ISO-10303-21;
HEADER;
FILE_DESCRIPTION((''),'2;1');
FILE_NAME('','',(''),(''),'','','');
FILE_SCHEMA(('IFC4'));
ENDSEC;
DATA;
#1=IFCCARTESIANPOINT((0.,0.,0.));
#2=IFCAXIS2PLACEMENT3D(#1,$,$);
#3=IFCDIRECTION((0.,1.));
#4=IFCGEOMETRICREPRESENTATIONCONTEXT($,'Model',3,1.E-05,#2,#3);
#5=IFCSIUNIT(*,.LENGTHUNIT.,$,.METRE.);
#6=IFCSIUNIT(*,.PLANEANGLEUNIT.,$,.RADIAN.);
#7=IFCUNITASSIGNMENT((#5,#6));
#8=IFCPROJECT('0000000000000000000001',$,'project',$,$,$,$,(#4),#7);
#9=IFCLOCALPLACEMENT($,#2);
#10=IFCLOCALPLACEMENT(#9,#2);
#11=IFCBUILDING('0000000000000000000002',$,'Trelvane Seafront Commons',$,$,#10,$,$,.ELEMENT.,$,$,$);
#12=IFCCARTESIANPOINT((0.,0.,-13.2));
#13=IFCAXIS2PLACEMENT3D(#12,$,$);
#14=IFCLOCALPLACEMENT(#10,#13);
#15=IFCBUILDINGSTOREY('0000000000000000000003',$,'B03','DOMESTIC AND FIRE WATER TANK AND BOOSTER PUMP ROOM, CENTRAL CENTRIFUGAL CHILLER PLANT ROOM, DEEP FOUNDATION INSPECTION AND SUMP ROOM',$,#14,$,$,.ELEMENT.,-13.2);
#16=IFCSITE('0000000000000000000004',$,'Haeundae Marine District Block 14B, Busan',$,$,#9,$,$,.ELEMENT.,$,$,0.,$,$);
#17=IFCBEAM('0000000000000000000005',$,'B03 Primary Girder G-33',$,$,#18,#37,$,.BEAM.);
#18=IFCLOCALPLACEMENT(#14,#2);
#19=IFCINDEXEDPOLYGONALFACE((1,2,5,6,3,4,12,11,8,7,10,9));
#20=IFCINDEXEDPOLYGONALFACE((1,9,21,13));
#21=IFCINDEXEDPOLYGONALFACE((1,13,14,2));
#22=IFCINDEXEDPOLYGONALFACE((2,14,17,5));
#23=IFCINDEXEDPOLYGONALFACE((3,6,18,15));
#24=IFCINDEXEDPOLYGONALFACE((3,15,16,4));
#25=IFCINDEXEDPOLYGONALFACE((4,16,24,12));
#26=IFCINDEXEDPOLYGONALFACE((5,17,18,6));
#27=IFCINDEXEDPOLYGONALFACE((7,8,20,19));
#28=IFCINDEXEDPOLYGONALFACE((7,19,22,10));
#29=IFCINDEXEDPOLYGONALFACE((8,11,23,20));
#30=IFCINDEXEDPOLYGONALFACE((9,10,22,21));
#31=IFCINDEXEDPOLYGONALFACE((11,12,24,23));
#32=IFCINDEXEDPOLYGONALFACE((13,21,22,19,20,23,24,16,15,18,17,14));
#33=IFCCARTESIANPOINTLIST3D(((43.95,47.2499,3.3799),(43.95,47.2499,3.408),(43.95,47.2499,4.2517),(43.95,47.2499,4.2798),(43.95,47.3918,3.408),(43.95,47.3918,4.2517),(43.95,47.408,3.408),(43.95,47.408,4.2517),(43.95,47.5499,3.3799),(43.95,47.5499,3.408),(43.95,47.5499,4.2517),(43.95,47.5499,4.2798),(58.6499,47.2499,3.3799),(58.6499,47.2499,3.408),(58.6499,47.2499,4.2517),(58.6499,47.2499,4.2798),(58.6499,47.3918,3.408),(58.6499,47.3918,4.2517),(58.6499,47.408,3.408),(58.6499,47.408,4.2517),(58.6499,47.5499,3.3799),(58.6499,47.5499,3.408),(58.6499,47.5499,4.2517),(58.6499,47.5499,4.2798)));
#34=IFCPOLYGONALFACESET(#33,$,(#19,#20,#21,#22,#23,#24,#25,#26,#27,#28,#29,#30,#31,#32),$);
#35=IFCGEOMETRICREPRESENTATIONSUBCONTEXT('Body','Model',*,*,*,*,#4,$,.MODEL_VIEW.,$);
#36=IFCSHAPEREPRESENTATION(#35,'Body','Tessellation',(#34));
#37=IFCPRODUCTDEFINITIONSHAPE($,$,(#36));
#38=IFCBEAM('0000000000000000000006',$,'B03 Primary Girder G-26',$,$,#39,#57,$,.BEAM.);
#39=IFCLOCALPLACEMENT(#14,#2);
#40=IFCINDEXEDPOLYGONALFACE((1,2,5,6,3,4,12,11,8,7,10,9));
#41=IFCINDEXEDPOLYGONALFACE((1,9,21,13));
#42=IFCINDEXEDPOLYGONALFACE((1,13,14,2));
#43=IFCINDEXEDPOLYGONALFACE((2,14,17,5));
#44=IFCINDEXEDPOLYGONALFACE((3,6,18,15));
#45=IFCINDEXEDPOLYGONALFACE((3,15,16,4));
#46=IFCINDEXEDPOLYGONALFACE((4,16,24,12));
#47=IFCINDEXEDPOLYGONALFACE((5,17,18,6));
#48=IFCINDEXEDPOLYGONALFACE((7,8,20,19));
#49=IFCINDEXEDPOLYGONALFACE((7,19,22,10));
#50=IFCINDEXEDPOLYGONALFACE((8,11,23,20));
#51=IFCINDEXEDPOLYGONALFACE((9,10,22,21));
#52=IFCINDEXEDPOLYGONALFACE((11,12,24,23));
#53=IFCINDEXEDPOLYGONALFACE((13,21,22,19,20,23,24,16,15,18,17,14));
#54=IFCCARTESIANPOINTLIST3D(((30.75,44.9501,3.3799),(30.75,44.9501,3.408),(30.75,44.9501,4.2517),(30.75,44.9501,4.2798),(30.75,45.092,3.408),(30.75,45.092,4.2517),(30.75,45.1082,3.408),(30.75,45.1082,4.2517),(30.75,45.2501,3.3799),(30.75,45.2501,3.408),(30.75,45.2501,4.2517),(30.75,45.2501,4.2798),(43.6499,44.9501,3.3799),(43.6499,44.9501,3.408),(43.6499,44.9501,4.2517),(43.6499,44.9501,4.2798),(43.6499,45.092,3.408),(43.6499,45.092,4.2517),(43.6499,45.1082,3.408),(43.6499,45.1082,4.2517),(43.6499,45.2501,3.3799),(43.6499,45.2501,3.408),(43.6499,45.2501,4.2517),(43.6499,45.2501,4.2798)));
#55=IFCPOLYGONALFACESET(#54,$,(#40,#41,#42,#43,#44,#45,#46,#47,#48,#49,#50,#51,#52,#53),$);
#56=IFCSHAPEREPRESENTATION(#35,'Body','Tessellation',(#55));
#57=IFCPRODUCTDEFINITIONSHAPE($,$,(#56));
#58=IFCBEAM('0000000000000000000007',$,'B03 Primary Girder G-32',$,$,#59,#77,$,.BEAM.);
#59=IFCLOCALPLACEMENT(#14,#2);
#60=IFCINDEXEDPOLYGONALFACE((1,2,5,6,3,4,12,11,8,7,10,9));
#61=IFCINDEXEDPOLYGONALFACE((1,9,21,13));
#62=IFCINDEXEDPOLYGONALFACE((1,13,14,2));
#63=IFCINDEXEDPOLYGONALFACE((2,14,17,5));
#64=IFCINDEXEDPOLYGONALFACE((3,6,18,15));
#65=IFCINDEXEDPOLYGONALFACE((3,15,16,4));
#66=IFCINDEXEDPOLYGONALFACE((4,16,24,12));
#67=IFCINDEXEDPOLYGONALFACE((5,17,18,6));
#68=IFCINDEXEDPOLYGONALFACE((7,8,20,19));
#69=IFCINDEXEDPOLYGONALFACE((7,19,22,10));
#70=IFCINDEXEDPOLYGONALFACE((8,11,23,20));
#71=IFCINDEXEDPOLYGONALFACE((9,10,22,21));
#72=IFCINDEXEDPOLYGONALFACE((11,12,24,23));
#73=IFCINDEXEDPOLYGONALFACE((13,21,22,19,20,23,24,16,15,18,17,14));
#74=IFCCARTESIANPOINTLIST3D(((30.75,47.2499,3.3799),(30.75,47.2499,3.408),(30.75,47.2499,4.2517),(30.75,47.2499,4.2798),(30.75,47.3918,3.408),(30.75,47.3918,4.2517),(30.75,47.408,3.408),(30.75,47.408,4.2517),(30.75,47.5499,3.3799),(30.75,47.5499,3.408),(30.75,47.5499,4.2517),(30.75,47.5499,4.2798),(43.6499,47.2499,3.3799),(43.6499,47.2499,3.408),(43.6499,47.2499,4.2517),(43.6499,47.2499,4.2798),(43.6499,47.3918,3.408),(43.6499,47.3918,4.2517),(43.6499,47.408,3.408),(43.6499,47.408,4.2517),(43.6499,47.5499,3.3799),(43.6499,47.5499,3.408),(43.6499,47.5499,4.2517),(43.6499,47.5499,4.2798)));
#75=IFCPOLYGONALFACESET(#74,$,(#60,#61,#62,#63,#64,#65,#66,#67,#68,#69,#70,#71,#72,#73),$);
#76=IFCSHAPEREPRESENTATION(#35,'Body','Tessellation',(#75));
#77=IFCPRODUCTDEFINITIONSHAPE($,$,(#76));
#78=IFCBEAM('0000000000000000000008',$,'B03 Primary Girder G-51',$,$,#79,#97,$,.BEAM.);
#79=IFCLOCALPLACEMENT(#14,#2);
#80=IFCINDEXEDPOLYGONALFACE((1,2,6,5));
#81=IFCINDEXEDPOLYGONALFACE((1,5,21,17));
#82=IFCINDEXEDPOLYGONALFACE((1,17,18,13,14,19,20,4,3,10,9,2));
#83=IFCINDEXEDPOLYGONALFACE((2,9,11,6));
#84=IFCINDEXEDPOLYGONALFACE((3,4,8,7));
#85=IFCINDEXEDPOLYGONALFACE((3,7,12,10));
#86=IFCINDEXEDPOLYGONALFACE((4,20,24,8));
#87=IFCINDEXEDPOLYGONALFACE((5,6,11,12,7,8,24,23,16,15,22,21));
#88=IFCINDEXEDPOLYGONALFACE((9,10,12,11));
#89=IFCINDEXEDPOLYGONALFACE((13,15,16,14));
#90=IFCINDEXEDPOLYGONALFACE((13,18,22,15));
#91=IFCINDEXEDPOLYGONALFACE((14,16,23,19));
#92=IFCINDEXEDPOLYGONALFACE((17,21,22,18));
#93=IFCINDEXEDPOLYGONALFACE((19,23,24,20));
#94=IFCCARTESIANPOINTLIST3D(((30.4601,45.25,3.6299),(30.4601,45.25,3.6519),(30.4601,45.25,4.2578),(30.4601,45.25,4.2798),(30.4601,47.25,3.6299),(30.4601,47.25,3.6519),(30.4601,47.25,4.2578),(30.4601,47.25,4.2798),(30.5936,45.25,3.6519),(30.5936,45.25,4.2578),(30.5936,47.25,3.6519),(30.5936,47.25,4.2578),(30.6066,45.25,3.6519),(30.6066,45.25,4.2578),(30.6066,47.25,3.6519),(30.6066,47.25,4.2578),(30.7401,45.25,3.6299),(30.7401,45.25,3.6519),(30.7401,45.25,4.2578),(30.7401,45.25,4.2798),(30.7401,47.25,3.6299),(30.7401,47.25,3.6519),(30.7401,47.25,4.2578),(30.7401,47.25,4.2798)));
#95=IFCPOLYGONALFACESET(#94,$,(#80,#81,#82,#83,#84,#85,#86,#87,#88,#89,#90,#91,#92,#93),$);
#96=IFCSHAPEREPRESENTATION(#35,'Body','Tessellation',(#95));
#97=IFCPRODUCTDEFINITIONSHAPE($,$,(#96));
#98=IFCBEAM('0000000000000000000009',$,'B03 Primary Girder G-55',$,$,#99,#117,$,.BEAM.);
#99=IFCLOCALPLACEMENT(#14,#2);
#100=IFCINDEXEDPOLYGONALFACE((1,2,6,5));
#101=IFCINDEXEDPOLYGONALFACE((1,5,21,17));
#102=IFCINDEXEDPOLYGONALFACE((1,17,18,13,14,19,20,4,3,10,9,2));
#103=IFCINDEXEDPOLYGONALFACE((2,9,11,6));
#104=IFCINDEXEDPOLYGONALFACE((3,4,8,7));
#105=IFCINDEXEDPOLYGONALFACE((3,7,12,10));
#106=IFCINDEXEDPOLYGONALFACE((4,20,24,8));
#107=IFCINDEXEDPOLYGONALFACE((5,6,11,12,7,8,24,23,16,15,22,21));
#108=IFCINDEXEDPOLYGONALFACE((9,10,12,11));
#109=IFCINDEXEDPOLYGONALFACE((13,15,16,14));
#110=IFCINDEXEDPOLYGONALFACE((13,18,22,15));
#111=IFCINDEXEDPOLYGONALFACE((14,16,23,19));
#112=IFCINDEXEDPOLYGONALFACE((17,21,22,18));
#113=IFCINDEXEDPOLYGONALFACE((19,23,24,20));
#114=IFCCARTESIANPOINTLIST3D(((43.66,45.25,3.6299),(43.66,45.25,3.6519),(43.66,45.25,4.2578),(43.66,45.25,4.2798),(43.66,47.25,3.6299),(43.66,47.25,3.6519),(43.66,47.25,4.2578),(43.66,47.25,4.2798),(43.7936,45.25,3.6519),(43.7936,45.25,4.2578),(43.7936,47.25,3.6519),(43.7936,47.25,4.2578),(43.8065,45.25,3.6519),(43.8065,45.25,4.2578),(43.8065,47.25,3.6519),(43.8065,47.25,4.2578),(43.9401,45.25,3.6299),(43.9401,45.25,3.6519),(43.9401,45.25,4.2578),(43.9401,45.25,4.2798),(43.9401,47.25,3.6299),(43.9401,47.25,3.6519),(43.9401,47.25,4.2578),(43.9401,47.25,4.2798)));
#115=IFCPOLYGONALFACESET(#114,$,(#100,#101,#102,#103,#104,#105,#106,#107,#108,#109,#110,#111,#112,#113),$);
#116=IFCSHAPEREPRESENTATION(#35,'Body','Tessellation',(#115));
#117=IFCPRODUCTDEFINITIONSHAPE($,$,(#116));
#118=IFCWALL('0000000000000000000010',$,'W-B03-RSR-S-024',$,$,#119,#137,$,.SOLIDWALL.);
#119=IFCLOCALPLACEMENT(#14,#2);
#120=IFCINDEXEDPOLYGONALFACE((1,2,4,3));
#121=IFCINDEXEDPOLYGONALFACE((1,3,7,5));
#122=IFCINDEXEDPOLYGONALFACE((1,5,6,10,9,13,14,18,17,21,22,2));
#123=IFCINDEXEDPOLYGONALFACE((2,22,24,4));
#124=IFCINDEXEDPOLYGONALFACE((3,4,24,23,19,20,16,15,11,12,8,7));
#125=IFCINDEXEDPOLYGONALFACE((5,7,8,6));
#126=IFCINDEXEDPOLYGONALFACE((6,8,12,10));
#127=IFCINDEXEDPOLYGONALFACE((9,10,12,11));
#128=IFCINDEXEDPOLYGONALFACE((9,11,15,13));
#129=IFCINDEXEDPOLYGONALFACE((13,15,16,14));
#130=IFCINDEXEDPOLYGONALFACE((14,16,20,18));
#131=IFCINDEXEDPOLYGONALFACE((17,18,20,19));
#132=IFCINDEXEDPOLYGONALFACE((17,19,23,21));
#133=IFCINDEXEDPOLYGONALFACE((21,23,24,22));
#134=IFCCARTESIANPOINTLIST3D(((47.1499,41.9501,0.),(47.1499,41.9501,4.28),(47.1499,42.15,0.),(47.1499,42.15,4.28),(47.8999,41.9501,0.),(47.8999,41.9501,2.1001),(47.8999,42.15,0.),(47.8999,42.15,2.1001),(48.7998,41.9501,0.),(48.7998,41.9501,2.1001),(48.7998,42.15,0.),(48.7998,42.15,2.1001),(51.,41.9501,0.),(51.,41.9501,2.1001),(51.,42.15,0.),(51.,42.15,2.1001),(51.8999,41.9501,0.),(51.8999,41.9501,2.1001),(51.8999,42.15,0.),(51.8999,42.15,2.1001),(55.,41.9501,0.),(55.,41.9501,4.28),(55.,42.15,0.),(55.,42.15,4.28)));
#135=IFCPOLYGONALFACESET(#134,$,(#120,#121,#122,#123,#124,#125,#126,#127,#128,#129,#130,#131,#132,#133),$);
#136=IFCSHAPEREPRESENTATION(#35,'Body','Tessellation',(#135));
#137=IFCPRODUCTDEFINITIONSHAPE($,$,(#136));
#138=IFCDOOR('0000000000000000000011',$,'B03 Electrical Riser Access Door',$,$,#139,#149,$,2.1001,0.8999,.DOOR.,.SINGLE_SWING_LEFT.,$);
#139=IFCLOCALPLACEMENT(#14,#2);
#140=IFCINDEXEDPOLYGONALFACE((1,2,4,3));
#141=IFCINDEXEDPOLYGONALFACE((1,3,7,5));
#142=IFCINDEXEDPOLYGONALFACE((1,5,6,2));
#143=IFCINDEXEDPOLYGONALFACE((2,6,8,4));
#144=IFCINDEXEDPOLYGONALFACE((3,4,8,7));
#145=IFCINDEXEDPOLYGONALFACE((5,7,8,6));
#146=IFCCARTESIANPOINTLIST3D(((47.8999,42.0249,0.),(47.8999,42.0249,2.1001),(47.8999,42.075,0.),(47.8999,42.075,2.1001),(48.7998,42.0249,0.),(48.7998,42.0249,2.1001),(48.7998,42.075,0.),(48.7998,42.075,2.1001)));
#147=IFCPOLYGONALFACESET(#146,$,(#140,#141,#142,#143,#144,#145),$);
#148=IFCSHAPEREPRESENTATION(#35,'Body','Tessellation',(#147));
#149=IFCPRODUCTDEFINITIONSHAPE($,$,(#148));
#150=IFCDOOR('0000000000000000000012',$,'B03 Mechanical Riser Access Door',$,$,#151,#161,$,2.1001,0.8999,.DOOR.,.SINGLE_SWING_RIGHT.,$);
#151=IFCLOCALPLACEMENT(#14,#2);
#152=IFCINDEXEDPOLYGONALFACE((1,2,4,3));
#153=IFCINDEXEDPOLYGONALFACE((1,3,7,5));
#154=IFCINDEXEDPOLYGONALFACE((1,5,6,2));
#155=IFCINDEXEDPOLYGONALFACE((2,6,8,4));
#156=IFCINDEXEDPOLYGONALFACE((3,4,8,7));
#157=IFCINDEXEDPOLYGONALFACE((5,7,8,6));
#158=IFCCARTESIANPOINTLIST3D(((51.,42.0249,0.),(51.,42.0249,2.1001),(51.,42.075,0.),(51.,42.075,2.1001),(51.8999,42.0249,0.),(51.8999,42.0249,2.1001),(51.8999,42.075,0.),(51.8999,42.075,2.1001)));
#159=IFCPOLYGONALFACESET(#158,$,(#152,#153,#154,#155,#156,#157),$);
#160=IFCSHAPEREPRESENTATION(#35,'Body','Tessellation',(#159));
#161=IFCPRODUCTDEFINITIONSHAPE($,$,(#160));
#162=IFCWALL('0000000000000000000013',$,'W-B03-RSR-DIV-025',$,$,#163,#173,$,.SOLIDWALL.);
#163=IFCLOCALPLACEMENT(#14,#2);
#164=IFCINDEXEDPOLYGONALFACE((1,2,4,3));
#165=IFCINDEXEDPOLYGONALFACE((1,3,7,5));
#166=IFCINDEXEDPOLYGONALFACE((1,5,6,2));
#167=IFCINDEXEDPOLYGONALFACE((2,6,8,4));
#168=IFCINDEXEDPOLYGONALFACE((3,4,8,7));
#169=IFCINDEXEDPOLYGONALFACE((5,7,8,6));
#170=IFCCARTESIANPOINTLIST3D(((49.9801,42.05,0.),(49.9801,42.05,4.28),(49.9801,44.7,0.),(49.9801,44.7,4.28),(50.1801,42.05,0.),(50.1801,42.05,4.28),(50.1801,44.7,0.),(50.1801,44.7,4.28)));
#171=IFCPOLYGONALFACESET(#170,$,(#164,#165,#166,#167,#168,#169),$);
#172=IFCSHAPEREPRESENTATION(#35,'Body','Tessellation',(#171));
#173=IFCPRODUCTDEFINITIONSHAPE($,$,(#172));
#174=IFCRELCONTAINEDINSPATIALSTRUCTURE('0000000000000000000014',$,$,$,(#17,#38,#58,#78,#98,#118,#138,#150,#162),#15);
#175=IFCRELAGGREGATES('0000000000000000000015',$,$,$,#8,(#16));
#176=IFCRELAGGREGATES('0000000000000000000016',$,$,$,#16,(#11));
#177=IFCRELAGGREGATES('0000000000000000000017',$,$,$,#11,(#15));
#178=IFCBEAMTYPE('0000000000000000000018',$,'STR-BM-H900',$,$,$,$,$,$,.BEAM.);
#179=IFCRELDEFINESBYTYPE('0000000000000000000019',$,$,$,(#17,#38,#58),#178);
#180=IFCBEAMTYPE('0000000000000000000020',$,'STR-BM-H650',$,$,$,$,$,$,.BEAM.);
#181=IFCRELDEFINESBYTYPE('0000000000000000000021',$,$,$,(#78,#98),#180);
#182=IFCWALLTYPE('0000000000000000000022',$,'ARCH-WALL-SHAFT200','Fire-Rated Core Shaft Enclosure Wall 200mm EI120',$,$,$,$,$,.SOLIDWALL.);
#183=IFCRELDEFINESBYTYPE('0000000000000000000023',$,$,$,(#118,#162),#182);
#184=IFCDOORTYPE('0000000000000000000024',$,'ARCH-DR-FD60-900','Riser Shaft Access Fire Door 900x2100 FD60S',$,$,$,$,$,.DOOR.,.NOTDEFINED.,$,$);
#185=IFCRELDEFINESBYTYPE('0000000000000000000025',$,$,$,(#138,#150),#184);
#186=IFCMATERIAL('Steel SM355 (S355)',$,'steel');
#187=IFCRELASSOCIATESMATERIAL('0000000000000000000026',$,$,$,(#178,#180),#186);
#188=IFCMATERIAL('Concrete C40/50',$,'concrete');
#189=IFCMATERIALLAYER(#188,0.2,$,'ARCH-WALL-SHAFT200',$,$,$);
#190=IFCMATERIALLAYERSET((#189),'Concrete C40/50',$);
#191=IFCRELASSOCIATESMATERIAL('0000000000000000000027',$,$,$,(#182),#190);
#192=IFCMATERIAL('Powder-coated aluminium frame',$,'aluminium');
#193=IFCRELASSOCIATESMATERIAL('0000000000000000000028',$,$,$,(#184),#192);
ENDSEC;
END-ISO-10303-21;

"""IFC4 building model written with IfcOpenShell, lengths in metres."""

from ifc_helpers import new_model, si_unit, direction, frame, frame_2d, origin, origin_2d, place, context, subcontext, project, spatial, rectangle, i_section, extrude, source, transform, mapped, material, layer, layer_set, material_profile, profile_set, type_object, element, fill, save


model = new_model("IFC4")

# Units and contexts
model_context = context("Model", 3, precision=1e-05, world=origin(), true_north=direction((0.0, 1.0)))
body_context = subcontext(model_context, "Body", "Model", "MODEL_VIEW")
ifc_project = project(units=[si_unit("LENGTHUNIT", "METRE"), si_unit("PLANEANGLEUNIT", "RADIAN")], contexts=[model_context])

# Site, building, storey
site_placement = place(None, origin())
site = spatial("IfcSite", under=ifc_project, at=site_placement, Name="Haeundae Marine District Block 14B, Busan", CompositionType="ELEMENT", RefElevation=0.0)
building_placement = place(site_placement, origin())
building = spatial("IfcBuilding", under=site, at=building_placement, Name="Trelvane Seafront Commons", CompositionType="ELEMENT")
storey_placement = place(building_placement, frame((0.0, 0.0, -13.2)))
storey = spatial("IfcBuildingStorey", under=building, at=storey_placement, Name="B03", Description="DOMESTIC AND FIRE WATER TANK AND BOOSTER PUMP ROOM, CENTRAL CENTRIFUGAL CHILLER PLANT ROOM, DEEP FOUNDATION INSPECTION AND SUMP ROOM", CompositionType="ELEMENT", Elevation=-13.2)

# Beams
ifc_material_1 = material(Name="Steel SM355 (S355)", Category="steel")
ifc_material_profile_1 = material_profile(ifc_material_1, i_section(OverallWidth=0.3, OverallDepth=0.8999, WebThickness=0.0161, FlangeThickness=0.0281, at=origin_2d()), Name="H-900x300x16x28")
ifc_profile_set_1 = profile_set([ifc_material_profile_1], Name="Steel SM355 (S355)")
beam_type_1 = type_object("IfcBeamType", Name="STR-BM-H900", PredefinedType="BEAM", material=ifc_profile_set_1)
shared_shape_1 = source(origin(), body_context, "Body", "SweptSolid", [
    extrude(i_section(OverallWidth=0.3, OverallDepth=0.8999, WebThickness=0.0161, FlangeThickness=0.0281, at=origin_2d()), origin(), (0.0, 0.0, 1.0), 14.7),
])
for number, where, z_axis, x_axis, name in (
    (1, (43.95, 47.3999, 3.8298), (1.0, 0.0, 0.0), (0.0, 1.0, 0.0), "B03 Primary Girder G-33"),
):
    element("IfcBeam", number, at=place(storey_placement, frame(where, z_axis=z_axis, x_axis=x_axis)), inside=storey, type_object=beam_type_1, Name=name, PredefinedType="BEAM", context=body_context, shape_type="MappedRepresentation", body=[
        mapped(shared_shape_1, transform((0.0, 0.0, 0.0), x_axis=(1.0, 0.0, 0.0), y_axis=(0.0, 1.0, 0.0), z_axis=(0.0, 0.0, 1.0), scale=1.0)),
    ])
shared_shape_2 = source(origin(), body_context, "Body", "SweptSolid", [
    extrude(i_section(OverallWidth=0.3, OverallDepth=0.8999, WebThickness=0.0161, FlangeThickness=0.0281, at=origin_2d()), origin(), (0.0, 0.0, 1.0), 12.8999),
])
for number, where, z_axis, x_axis, name in (
    (2, (30.75, 45.1001, 3.8298), (1.0, 0.0, 0.0), (0.0, 1.0, 0.0), "B03 Primary Girder G-26"),
    (3, (30.75, 47.3999, 3.8298), (1.0, 0.0, 0.0), (0.0, 1.0, 0.0), "B03 Primary Girder G-32"),
):
    element("IfcBeam", number, at=place(storey_placement, frame(where, z_axis=z_axis, x_axis=x_axis)), inside=storey, type_object=beam_type_1, Name=name, PredefinedType="BEAM", context=body_context, shape_type="MappedRepresentation", body=[
        mapped(shared_shape_2, transform((0.0, 0.0, 0.0), x_axis=(1.0, 0.0, 0.0), y_axis=(0.0, 1.0, 0.0), z_axis=(0.0, 0.0, 1.0), scale=1.0)),
    ])
ifc_material_profile_2 = material_profile(ifc_material_1, i_section(OverallWidth=0.28, OverallDepth=0.6499, WebThickness=0.0129, FlangeThickness=0.022, at=origin_2d()), Name="H-650x280x13x22")
ifc_profile_set_2 = profile_set([ifc_material_profile_2], Name="Steel SM355 (S355)")
beam_type_2 = type_object("IfcBeamType", Name="STR-BM-H650", PredefinedType="BEAM", material=ifc_profile_set_2)
shared_shape_3 = source(origin(), body_context, "Body", "SweptSolid", [
    extrude(i_section(OverallWidth=0.28, OverallDepth=0.6499, WebThickness=0.0129, FlangeThickness=0.022, at=origin_2d()), origin(), (0.0, 0.0, 1.0), 2.0),
])
for number, where, z_axis, x_axis, name in (
    (4, (30.6001, 45.25, 3.9548), (0.0, 1.0, 0.0), (-1.0, 0.0, 0.0), "B03 Primary Girder G-51"),
    (5, (43.8, 45.25, 3.9548), (0.0, 1.0, 0.0), (-1.0, 0.0, 0.0), "B03 Primary Girder G-55"),
):
    element("IfcBeam", number, at=place(storey_placement, frame(where, z_axis=z_axis, x_axis=x_axis)), inside=storey, type_object=beam_type_2, Name=name, PredefinedType="BEAM", context=body_context, shape_type="MappedRepresentation", body=[
        mapped(shared_shape_3, transform((0.0, 0.0, 0.0), x_axis=(1.0, 0.0, 0.0), y_axis=(0.0, 1.0, 0.0), z_axis=(0.0, 0.0, 1.0), scale=1.0)),
    ])

# Wall, openings, doors
ifc_material_2 = material(Name="Concrete C40/50", Category="concrete")
ifc_layer = layer(ifc_material_2, 0.2, Name="ARCH-WALL-SHAFT200")
ifc_layer_set = layer_set([ifc_layer], Name="Concrete C40/50")
wall_type = type_object("IfcWallType", Name="ARCH-WALL-SHAFT200", Description="Fire-Rated Core Shaft Enclosure Wall 200mm EI120", PredefinedType="SOLIDWALL", material=ifc_layer_set)
wall_1_placement = place(storey_placement, frame((47.1499, 42.05, 0.0), z_axis=(0.0, 0.0, 1.0), x_axis=(1.0, 0.0, 0.0)))
wall_1 = element("IfcWall", 6, at=wall_1_placement, inside=storey, type_object=wall_type, Name="W-B03-RSR-S-024", PredefinedType="SOLIDWALL", context=body_context, shape_type="SweptSolid", body=[
    extrude(rectangle(XDim=7.8501, YDim=0.2, at=frame_2d((3.925, 0.0))), origin(), (0.0, 0.0, 1.0), 4.28),
])
opening_1_placement = place(wall_1_placement, frame((0.75, 0.0, 0.0)))
opening_1 = element("IfcOpeningElement", 7, at=opening_1_placement, cuts=wall_1, PredefinedType="OPENING", context=body_context, shape_type="SweptSolid", body=[
    extrude(rectangle(XDim=0.8999, YDim=2.1001, at=frame_2d((0.45, 1.05))), frame((0.0, 0.1099, 0.0), z_axis=(0.0, -1.0, 0.0), x_axis=(1.0, 0.0, 0.0)), (0.0, 0.0, 1.0), 0.22),
])
opening_2_placement = place(wall_1_placement, frame((3.8501, 0.0, 0.0)))
opening_2 = element("IfcOpeningElement", 8, at=opening_2_placement, cuts=wall_1, PredefinedType="OPENING", context=body_context, shape_type="SweptSolid", body=[
    extrude(rectangle(XDim=0.8999, YDim=2.1001, at=frame_2d((0.45, 1.05))), frame((0.0, 0.1099, 0.0), z_axis=(0.0, -1.0, 0.0), x_axis=(1.0, 0.0, 0.0)), (0.0, 0.0, 1.0), 0.22),
])
ifc_material_3 = material(Name="Powder-coated aluminium frame", Category="aluminium")
door_type = type_object("IfcDoorType", Name="ARCH-DR-FD60-900", Description="Riser Shaft Access Fire Door 900x2100 FD60S", OperationType="NOTDEFINED", PredefinedType="DOOR", material=ifc_material_3)
shared_shape_4 = source(origin(), body_context, "Body", "SweptSolid", [
    extrude(rectangle(XDim=0.8999, YDim=2.1001, at=frame_2d((0.45, 1.05))), frame((0.0, 0.0249, 0.0), z_axis=(0.0, -1.0, 0.0), x_axis=(1.0, 0.0, 0.0)), (0.0, 0.0, 1.0), 0.05),
])
door_1_placement = place(opening_1_placement, origin())
door_1 = element("IfcDoor", 9, at=door_1_placement, inside=storey, type_object=door_type, Name="B03 Electrical Riser Access Door", OperationType="SINGLE_SWING_LEFT", OverallHeight=2.1001, OverallWidth=0.8999, PredefinedType="DOOR", context=body_context, shape_type="MappedRepresentation", body=[
    mapped(shared_shape_4, transform((0.0, 0.0, 0.0), x_axis=(1.0, 0.0, 0.0), y_axis=(0.0, 1.0, 0.0), z_axis=(0.0, 0.0, 1.0), scale=1.0)),
])
fill(opening_1, door_1)
door_2_placement = place(opening_2_placement, origin())
door_2 = element("IfcDoor", 10, at=door_2_placement, inside=storey, type_object=door_type, Name="B03 Mechanical Riser Access Door", OperationType="SINGLE_SWING_RIGHT", OverallHeight=2.1001, OverallWidth=0.8999, PredefinedType="DOOR", context=body_context, shape_type="MappedRepresentation", body=[
    mapped(shared_shape_4, transform((0.0, 0.0, 0.0), x_axis=(1.0, 0.0, 0.0), y_axis=(0.0, 1.0, 0.0), z_axis=(0.0, 0.0, 1.0), scale=1.0)),
])
fill(opening_2, door_2)

# Wall
wall_2_placement = place(storey_placement, frame((50.0801, 42.05, 0.0), z_axis=(0.0, 0.0, 1.0), x_axis=(0.0, 1.0, 0.0)))
element("IfcWall", 11, at=wall_2_placement, inside=storey, type_object=wall_type, Name="W-B03-RSR-DIV-025", PredefinedType="SOLIDWALL", context=body_context, shape_type="SweptSolid", body=[
    extrude(rectangle(XDim=2.6499, YDim=0.2, at=frame_2d((1.325, 0.0))), origin(), (0.0, 0.0, 1.0), 4.28),
])

save(model, "model.ifc")
